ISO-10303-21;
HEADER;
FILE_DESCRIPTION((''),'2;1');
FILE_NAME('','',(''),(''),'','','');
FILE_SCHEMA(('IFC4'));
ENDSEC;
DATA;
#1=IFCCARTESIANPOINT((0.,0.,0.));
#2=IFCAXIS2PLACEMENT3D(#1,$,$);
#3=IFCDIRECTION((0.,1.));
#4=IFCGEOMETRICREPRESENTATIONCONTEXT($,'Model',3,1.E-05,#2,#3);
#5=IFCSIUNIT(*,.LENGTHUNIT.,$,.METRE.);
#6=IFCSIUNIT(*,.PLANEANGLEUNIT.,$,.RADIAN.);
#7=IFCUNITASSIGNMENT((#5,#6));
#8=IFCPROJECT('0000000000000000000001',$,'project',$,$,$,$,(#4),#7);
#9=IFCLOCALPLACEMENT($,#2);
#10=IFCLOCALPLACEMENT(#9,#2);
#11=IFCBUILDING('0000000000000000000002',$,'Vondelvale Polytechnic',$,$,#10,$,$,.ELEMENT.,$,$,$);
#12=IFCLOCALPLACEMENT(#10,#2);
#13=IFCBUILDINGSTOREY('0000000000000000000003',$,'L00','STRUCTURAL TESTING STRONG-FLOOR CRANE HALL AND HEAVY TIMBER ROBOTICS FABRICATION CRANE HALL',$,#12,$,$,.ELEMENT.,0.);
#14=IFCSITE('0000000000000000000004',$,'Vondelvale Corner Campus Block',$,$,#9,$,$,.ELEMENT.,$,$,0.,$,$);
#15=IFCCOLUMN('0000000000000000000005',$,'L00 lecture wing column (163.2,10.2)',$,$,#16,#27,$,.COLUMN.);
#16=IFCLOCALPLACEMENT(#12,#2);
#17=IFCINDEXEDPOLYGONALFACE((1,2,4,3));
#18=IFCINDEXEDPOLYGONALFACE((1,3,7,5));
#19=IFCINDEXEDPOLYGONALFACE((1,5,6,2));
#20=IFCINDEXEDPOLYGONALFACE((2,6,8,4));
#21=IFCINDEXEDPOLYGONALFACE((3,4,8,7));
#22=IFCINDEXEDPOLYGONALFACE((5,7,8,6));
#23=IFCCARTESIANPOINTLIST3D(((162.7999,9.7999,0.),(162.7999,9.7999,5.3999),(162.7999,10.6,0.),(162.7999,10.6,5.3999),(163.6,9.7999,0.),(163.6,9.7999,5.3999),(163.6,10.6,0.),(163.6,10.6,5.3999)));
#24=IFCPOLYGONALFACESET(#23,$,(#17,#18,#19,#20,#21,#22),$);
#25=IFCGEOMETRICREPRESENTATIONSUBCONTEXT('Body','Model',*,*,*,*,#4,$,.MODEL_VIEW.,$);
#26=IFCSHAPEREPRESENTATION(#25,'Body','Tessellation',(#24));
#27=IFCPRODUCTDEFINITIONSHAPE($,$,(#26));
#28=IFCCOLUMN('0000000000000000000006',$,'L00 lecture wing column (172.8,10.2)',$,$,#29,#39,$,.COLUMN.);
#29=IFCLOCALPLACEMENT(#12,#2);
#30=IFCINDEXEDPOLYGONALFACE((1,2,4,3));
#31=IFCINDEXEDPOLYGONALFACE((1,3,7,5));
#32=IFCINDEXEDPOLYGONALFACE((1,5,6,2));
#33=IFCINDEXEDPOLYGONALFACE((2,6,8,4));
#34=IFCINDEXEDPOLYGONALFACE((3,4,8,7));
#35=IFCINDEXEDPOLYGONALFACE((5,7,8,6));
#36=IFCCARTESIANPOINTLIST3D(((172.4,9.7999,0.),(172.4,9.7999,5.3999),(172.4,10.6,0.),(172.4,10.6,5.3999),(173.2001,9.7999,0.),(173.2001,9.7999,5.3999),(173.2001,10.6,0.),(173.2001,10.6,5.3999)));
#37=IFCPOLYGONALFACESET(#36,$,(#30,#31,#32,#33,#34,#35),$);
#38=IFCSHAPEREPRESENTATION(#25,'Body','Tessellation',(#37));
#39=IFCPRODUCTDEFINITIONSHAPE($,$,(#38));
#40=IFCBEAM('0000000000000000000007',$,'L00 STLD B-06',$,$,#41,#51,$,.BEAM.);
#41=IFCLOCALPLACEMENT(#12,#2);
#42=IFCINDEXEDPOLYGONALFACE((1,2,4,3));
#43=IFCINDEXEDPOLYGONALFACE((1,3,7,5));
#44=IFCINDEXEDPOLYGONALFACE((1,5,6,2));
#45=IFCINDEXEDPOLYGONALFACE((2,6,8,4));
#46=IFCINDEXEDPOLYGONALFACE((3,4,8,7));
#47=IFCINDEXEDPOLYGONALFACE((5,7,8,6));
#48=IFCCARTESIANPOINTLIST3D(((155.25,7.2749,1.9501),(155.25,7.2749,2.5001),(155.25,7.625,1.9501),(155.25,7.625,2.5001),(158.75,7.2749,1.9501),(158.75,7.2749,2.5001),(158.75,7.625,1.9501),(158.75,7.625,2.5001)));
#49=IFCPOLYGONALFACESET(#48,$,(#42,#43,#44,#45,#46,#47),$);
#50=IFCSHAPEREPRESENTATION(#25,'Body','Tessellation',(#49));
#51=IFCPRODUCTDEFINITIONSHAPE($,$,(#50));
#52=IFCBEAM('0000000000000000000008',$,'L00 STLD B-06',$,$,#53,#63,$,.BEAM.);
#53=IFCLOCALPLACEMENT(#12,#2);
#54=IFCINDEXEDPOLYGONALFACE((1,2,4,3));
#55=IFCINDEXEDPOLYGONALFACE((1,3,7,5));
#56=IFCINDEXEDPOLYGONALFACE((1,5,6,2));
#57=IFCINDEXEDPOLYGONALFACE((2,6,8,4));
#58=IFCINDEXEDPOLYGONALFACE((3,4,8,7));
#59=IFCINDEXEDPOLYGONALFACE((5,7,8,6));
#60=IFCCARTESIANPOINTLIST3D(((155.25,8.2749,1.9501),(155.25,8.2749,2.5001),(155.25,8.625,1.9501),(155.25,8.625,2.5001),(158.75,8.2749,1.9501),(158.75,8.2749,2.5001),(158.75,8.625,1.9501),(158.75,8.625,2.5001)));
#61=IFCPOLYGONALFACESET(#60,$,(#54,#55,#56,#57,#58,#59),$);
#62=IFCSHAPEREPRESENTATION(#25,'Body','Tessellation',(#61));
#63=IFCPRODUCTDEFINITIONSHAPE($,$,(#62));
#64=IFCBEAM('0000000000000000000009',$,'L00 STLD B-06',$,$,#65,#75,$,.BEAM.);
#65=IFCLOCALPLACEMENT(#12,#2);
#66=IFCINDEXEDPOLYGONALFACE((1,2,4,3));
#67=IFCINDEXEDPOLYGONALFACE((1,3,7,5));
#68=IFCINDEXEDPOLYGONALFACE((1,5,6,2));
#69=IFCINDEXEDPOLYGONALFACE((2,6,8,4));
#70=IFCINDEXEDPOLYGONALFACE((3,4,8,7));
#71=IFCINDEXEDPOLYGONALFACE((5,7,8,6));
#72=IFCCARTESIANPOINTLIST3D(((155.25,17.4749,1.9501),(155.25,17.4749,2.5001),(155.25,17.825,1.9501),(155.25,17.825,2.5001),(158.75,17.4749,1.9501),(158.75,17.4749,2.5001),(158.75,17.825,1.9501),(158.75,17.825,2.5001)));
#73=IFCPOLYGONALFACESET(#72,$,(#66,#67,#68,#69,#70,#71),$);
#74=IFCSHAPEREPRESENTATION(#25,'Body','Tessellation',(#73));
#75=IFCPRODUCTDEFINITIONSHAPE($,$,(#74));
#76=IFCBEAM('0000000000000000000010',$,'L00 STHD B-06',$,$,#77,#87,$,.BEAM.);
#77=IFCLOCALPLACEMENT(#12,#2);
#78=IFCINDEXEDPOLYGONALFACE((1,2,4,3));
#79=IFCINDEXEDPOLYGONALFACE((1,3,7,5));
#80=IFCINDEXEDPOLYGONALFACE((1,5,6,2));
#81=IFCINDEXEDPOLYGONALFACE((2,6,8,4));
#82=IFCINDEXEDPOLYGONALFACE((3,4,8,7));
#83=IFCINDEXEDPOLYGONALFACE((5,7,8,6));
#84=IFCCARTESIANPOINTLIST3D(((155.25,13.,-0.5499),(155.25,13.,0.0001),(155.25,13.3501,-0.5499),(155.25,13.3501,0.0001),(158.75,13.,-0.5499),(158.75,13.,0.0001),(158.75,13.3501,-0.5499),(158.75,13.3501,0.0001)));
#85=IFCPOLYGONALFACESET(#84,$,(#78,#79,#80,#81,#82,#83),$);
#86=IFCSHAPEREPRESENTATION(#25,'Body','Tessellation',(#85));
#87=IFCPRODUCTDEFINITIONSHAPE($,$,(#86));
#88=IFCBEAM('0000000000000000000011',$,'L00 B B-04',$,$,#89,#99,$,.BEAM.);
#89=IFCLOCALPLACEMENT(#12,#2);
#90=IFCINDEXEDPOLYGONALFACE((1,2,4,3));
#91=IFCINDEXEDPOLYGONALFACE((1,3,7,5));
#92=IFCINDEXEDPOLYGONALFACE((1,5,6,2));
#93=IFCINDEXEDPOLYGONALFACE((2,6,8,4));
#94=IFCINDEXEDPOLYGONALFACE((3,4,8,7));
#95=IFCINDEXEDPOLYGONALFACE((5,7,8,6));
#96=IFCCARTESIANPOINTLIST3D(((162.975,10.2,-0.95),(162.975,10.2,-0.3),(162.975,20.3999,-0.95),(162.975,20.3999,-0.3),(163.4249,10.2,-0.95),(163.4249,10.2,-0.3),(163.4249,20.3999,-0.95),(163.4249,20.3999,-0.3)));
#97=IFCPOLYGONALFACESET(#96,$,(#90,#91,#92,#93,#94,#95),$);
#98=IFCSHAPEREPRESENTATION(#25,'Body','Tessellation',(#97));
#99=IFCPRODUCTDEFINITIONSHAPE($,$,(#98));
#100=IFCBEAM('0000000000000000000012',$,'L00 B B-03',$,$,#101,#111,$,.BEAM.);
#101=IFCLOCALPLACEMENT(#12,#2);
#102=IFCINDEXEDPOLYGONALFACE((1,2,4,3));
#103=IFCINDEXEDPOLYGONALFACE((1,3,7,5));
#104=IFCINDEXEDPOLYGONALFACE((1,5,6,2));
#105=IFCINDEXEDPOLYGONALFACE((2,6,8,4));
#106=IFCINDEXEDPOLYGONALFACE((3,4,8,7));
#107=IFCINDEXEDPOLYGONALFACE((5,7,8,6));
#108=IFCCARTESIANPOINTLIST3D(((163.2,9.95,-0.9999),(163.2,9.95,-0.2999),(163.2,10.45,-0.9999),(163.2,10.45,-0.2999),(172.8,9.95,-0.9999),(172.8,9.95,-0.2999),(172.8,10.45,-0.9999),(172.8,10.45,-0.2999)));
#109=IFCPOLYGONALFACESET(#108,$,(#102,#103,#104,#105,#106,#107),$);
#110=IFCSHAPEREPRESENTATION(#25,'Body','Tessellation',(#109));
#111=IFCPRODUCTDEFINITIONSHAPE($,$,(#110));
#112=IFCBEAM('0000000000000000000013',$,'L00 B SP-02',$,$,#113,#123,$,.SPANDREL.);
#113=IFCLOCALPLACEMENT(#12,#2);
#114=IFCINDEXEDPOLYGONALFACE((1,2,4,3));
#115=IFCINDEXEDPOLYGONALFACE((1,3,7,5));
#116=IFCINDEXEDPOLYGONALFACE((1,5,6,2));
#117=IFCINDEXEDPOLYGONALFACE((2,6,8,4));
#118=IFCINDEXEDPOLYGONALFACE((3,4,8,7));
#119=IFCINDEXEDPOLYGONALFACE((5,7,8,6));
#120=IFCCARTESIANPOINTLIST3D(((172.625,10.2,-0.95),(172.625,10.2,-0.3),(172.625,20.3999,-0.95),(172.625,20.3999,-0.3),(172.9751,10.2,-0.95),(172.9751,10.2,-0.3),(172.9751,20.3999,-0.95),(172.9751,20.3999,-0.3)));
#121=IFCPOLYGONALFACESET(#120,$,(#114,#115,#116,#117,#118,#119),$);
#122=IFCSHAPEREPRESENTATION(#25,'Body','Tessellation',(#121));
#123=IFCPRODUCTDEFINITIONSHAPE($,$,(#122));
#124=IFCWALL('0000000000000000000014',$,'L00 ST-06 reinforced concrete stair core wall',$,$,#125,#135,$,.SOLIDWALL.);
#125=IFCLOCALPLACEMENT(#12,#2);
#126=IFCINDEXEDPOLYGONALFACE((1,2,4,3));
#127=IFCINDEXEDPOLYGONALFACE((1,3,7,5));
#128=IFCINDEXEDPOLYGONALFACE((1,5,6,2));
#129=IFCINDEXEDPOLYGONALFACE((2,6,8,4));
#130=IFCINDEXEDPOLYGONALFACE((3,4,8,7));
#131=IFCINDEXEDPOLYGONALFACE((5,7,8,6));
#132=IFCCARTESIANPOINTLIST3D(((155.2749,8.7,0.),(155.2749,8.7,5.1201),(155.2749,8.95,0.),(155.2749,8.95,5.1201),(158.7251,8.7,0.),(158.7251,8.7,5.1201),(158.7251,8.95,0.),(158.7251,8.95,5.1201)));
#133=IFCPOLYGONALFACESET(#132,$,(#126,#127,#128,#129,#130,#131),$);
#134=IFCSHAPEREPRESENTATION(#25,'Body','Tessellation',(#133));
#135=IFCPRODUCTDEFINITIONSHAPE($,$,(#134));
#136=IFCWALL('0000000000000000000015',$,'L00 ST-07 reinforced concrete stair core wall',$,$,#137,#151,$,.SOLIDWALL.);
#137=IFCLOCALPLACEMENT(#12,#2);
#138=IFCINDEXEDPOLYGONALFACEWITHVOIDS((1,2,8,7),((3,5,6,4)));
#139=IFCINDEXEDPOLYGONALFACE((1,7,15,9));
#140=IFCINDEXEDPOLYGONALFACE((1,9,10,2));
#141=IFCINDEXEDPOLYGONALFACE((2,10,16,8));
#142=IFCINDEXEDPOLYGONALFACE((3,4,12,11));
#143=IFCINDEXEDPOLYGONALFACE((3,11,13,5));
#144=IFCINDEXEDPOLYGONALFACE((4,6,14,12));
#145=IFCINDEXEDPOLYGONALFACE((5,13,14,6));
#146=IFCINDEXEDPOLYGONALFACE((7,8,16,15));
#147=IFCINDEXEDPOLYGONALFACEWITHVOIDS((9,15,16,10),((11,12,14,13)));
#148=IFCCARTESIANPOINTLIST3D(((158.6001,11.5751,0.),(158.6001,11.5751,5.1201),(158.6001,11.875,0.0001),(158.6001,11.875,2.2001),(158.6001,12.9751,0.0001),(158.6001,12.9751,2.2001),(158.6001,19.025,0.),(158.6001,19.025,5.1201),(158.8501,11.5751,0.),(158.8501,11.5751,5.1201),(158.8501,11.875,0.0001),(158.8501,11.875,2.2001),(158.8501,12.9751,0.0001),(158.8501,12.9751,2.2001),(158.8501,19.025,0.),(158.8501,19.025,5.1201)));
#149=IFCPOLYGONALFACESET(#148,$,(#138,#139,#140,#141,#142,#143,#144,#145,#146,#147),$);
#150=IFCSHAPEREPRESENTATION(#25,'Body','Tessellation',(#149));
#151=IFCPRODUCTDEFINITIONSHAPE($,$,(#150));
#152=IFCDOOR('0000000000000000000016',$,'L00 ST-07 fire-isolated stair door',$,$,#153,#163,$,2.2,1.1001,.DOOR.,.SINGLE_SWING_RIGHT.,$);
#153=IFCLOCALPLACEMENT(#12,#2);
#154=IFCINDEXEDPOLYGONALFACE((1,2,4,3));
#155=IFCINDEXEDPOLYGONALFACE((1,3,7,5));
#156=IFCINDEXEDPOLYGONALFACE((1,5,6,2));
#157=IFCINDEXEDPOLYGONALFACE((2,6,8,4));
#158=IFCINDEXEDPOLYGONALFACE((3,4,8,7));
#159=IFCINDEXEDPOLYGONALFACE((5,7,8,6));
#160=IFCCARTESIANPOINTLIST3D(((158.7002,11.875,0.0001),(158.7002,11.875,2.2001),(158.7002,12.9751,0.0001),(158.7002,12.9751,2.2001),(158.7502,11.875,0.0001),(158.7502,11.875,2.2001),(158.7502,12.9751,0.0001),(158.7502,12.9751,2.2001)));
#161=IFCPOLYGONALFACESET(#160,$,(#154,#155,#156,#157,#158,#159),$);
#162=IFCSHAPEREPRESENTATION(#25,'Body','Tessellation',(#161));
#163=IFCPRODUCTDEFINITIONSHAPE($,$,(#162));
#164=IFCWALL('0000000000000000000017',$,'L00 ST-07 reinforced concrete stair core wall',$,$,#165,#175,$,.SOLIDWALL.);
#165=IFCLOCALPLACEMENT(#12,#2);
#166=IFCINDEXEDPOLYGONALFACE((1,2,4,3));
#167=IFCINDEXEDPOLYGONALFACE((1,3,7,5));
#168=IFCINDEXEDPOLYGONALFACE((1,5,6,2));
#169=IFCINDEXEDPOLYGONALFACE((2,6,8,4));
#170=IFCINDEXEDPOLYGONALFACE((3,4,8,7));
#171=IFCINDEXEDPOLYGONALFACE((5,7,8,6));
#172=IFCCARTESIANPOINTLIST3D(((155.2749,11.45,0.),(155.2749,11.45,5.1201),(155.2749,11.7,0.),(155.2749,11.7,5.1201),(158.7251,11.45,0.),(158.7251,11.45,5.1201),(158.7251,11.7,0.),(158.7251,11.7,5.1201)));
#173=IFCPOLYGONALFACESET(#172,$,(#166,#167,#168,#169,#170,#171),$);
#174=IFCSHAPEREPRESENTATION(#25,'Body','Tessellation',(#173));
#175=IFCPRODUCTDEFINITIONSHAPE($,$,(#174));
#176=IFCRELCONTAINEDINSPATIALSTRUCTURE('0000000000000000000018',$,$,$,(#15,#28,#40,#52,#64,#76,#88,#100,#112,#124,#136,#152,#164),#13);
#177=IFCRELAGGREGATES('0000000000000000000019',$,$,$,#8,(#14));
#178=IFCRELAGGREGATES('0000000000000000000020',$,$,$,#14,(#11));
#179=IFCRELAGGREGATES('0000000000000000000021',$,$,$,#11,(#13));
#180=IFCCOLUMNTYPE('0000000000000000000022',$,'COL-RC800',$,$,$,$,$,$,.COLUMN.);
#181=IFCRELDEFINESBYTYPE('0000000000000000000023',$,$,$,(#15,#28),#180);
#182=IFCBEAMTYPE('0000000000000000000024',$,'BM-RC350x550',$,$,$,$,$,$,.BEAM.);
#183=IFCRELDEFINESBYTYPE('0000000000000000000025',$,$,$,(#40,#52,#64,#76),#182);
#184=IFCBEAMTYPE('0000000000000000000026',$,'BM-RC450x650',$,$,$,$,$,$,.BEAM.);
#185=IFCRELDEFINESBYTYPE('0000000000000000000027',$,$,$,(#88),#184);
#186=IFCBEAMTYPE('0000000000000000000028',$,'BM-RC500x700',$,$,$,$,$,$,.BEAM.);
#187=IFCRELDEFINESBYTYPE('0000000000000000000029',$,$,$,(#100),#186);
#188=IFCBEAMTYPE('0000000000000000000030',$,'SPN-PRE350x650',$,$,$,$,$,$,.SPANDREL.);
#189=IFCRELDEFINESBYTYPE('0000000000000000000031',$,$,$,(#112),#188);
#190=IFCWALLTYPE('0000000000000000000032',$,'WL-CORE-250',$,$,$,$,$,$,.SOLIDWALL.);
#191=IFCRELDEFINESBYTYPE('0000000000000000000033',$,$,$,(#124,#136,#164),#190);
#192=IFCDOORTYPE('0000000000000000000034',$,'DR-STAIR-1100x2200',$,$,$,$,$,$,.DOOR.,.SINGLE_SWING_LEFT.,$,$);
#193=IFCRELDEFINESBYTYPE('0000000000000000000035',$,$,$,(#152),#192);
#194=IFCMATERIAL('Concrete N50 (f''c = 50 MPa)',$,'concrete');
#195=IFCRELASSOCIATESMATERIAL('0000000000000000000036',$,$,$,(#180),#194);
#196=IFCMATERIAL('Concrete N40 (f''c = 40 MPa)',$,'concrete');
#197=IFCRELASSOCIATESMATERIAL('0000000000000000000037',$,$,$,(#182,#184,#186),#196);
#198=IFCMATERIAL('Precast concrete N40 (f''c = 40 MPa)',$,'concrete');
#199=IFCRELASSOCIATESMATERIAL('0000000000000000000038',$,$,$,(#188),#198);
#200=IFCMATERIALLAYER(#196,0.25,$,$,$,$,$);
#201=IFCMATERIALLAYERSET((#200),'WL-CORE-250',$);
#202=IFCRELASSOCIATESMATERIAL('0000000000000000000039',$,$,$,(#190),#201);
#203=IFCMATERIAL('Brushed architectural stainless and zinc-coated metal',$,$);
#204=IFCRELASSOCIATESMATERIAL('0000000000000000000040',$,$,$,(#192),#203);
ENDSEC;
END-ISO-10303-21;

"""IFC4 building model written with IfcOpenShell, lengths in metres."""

from ifc_helpers import new_model, si_unit, direction, frame, frame_2d, origin, origin_2d, place, context, subcontext, project, spatial, rectangle, extrude, material, layer, layer_set, material_profile, profile_set, type_object, element, fill, save


model = new_model("IFC4")

# Units and contexts
model_context = context("Model", 3, precision=1e-05, world=origin(), true_north=direction((0.0, 1.0)))
body_context = subcontext(model_context, "Body", "Model", "MODEL_VIEW")
ifc_project = project(units=[si_unit("LENGTHUNIT", "METRE"), si_unit("PLANEANGLEUNIT", "RADIAN")], contexts=[model_context])

# Site, building, storey
site_placement = place(None, origin())
site = spatial("IfcSite", under=ifc_project, at=site_placement, Name="Vondelvale Corner Campus Block", CompositionType="ELEMENT", RefElevation=0.0)
building_placement = place(site_placement, origin())
building = spatial("IfcBuilding", under=site, at=building_placement, Name="Vondelvale Polytechnic", CompositionType="ELEMENT")
storey_placement = place(building_placement, origin())
storey = spatial("IfcBuildingStorey", under=building, at=storey_placement, Name="L00", Description="STRUCTURAL TESTING STRONG-FLOOR CRANE HALL AND HEAVY TIMBER ROBOTICS FABRICATION CRANE HALL", CompositionType="ELEMENT", Elevation=0.0)

# Columns
ifc_material_1 = material(Name="Concrete N50 (f'c = 50 MPa)", Category="concrete")
ifc_material_profile_1 = material_profile(ifc_material_1, rectangle(XDim=0.8, YDim=0.8, at=origin_2d()), Name="RC-COL-800x800")
ifc_profile_set_1 = profile_set([ifc_material_profile_1], Name="Concrete N50 (f'c = 50 MPa)")
column_type = type_object("IfcColumnType", Name="COL-RC800", PredefinedType="COLUMN", material=ifc_profile_set_1)
for number, where, z_axis, x_axis, name in (
    (1, (163.2, 10.2, 0.0), (0.0, 0.0, 1.0), (1.0, 0.0, 0.0), "L00 lecture wing column (163.2,10.2)"),
    (2, (172.8, 10.2, 0.0), (0.0, 0.0, 1.0), (1.0, 0.0, 0.0), "L00 lecture wing column (172.8,10.2)"),
):
    element("IfcColumn", number, at=place(storey_placement, frame(where, z_axis=z_axis, x_axis=x_axis)), inside=storey, type_object=column_type, Name=name, PredefinedType="COLUMN", context=body_context, shape_type="SweptSolid", body=[
        extrude(rectangle(XDim=0.8, YDim=0.8, at=origin_2d()), origin(), (0.0, 0.0, 1.0), 5.3999),
    ])

# Beams
ifc_material_2 = material(Name="Concrete N40 (f'c = 40 MPa)", Category="concrete")
ifc_material_profile_2 = material_profile(ifc_material_2, rectangle(XDim=0.3501, YDim=0.55, at=origin_2d()), Name="RC-BM-350x550")
ifc_profile_set_2 = profile_set([ifc_material_profile_2], Name="Concrete N40 (f'c = 40 MPa)")
beam_type_1 = type_object("IfcBeamType", Name="BM-RC350x550", PredefinedType="BEAM", material=ifc_profile_set_2)
for number, where, z_axis, x_axis, name in (
    (3, (158.75, 7.45, 2.2251), (-1.0, 0.0, 0.0), (0.0, -1.0, 0.0), "L00 STLD B-06"),
    (4, (158.75, 8.45, 2.2251), (-1.0, 0.0, 0.0), (0.0, -1.0, 0.0), "L00 STLD B-06"),
    (5, (158.75, 17.6499, 2.2251), (-1.0, 0.0, 0.0), (0.0, -1.0, 0.0), "L00 STLD B-06"),
    (6, (158.75, 13.175, -0.2749), (-1.0, 0.0, 0.0), (0.0, -1.0, 0.0), "L00 STHD B-06"),
):
    element("IfcBeam", number, at=place(storey_placement, frame(where, z_axis=z_axis, x_axis=x_axis)), inside=storey, type_object=beam_type_1, Name=name, PredefinedType="BEAM", context=body_context, shape_type="SweptSolid", body=[
        extrude(rectangle(XDim=0.3501, YDim=0.55, at=origin_2d()), origin(), (0.0, 0.0, 1.0), 3.5),
    ])
ifc_material_profile_3 = material_profile(ifc_material_2, rectangle(XDim=0.45, YDim=0.6499, at=origin_2d()), Name="RC-BM-450x650")
ifc_profile_set_3 = profile_set([ifc_material_profile_3], Name="Concrete N40 (f'c = 40 MPa)")
beam_type_2 = type_object("IfcBeamType", Name="BM-RC450x650", PredefinedType="BEAM", material=ifc_profile_set_3)
beam_1_placement = place(storey_placement, frame((163.2, 10.2, -0.625), z_axis=(0.0, 1.0, 0.0), x_axis=(-1.0, 0.0, 0.0)))
element("IfcBeam", 7, at=beam_1_placement, inside=storey, type_object=beam_type_2, Name="L00 B B-04", PredefinedType="BEAM", context=body_context, shape_type="SweptSolid", body=[
    extrude(rectangle(XDim=0.45, YDim=0.6499, at=origin_2d()), origin(), (0.0, 0.0, 1.0), 10.2),
])
ifc_material_profile_4 = material_profile(ifc_material_2, rectangle(XDim=0.5, YDim=0.7, at=origin_2d()), Name="RC-BM-500x700")
ifc_profile_set_4 = profile_set([ifc_material_profile_4], Name="Concrete N40 (f'c = 40 MPa)")
beam_type_3 = type_object("IfcBeamType", Name="BM-RC500x700", PredefinedType="BEAM", material=ifc_profile_set_4)
beam_2_placement = place(storey_placement, frame((163.2, 10.2, -0.6499), z_axis=(1.0, 0.0, 0.0), x_axis=(0.0, 1.0, 0.0)))
element("IfcBeam", 8, at=beam_2_placement, inside=storey, type_object=beam_type_3, Name="L00 B B-03", PredefinedType="BEAM", context=body_context, shape_type="SweptSolid", body=[
    extrude(rectangle(XDim=0.5, YDim=0.7, at=origin_2d()), origin(), (0.0, 0.0, 1.0), 9.6001),
])
ifc_material_3 = material(Name="Precast concrete N40 (f'c = 40 MPa)", Category="concrete")
ifc_material_profile_5 = material_profile(ifc_material_3, rectangle(XDim=0.3501, YDim=0.6499, at=origin_2d()), Name="RC-SPN-350x650")
ifc_profile_set_5 = profile_set([ifc_material_profile_5], Name="Precast concrete N40 (f'c = 40 MPa)")
beam_type_4 = type_object("IfcBeamType", Name="SPN-PRE350x650", PredefinedType="SPANDREL", material=ifc_profile_set_5)
beam_3_placement = place(storey_placement, frame((172.8, 10.2, -0.625), z_axis=(0.0, 1.0, 0.0), x_axis=(-1.0, 0.0, 0.0)))
element("IfcBeam", 9, at=beam_3_placement, inside=storey, type_object=beam_type_4, Name="L00 B SP-02", PredefinedType="SPANDREL", context=body_context, shape_type="SweptSolid", body=[
    extrude(rectangle(XDim=0.3501, YDim=0.6499, at=origin_2d()), origin(), (0.0, 0.0, 1.0), 10.2),
])

# Wall
ifc_layer_1 = layer(ifc_material_2, 0.25)
ifc_layer_set_1 = layer_set([ifc_layer_1], Name="WL-CORE-250")
wall_type_1 = type_object("IfcWallType", Name="WL-CORE-250", PredefinedType="SOLIDWALL", material=ifc_layer_set_1)
wall_1_placement = place(storey_placement, frame((158.7251, 8.825, 0.0), z_axis=(0.0, 0.0, 1.0), x_axis=(-1.0, 0.0, 0.0)))
element("IfcWall", 10, at=wall_1_placement, inside=storey, type_object=wall_type_1, Name="L00 ST-06 reinforced concrete stair core wall", PredefinedType="SOLIDWALL", context=body_context, shape_type="SweptSolid", body=[
    extrude(rectangle(XDim=3.4502, YDim=0.25, at=frame_2d((1.7251, 0.0))), origin(), (0.0, 0.0, 1.0), 5.1201),
])

# Wall, opening, door
wall_2_placement = place(storey_placement, frame((158.7251, 11.575, 0.0), z_axis=(0.0, 0.0, 1.0), x_axis=(0.0, 1.0, 0.0)))
wall_2 = element("IfcWall", 11, at=wall_2_placement, inside=storey, type_object=wall_type_1, Name="L00 ST-07 reinforced concrete stair core wall", PredefinedType="SOLIDWALL", context=body_context, shape_type="SweptSolid", body=[
    extrude(rectangle(XDim=7.45, YDim=0.25, at=frame_2d((3.7251, 0.0))), origin(), (0.0, 0.0, 1.0), 5.1201),
])
opening_1_placement = place(wall_2_placement, frame((0.3, 0.0, 0.0)))
opening_1 = element("IfcOpeningElement", 12, at=opening_1_placement, cuts=wall_2, PredefinedType="OPENING", context=body_context, shape_type="SweptSolid", body=[
    extrude(rectangle(XDim=1.1001, YDim=2.2, at=frame_2d((0.55, 1.1001))), frame((0.0, 0.135, 0.0), z_axis=(0.0, -1.0, 0.0), x_axis=(1.0, 0.0, 0.0)), (0.0, 0.0, 1.0), 0.27),
])
ifc_material_4 = material(Name="Brushed architectural stainless and zinc-coated metal")
door_type_1 = type_object("IfcDoorType", Name="DR-STAIR-1100x2200", OperationType="SINGLE_SWING_LEFT", PredefinedType="DOOR", material=ifc_material_4)
door_1_placement = place(opening_1_placement, origin())
door_1 = element("IfcDoor", 13, at=door_1_placement, inside=storey, type_object=door_type_1, Name="L00 ST-07 fire-isolated stair door", OperationType="SINGLE_SWING_RIGHT", OverallHeight=2.2, OverallWidth=1.1001, PredefinedType="DOOR", context=body_context, shape_type="SweptSolid", body=[
    extrude(rectangle(XDim=1.1001, YDim=2.2, at=frame_2d((0.55, 1.1001))), frame((0.0, 0.0249, 0.0), z_axis=(0.0, -1.0, 0.0), x_axis=(1.0, 0.0, 0.0)), (0.0, 0.0, 1.0), 0.05),
])
fill(opening_1, door_1)

# Wall
wall_3_placement = place(storey_placement, frame((158.7251, 11.575, 0.0), z_axis=(0.0, 0.0, 1.0), x_axis=(-1.0, 0.0, 0.0)))
element("IfcWall", 14, at=wall_3_placement, inside=storey, type_object=wall_type_1, Name="L00 ST-07 reinforced concrete stair core wall", PredefinedType="SOLIDWALL", context=body_context, shape_type="SweptSolid", body=[
    extrude(rectangle(XDim=3.4502, YDim=0.25, at=frame_2d((1.7251, 0.0))), origin(), (0.0, 0.0, 1.0), 5.1201),
])

save(model, "model.ifc")
